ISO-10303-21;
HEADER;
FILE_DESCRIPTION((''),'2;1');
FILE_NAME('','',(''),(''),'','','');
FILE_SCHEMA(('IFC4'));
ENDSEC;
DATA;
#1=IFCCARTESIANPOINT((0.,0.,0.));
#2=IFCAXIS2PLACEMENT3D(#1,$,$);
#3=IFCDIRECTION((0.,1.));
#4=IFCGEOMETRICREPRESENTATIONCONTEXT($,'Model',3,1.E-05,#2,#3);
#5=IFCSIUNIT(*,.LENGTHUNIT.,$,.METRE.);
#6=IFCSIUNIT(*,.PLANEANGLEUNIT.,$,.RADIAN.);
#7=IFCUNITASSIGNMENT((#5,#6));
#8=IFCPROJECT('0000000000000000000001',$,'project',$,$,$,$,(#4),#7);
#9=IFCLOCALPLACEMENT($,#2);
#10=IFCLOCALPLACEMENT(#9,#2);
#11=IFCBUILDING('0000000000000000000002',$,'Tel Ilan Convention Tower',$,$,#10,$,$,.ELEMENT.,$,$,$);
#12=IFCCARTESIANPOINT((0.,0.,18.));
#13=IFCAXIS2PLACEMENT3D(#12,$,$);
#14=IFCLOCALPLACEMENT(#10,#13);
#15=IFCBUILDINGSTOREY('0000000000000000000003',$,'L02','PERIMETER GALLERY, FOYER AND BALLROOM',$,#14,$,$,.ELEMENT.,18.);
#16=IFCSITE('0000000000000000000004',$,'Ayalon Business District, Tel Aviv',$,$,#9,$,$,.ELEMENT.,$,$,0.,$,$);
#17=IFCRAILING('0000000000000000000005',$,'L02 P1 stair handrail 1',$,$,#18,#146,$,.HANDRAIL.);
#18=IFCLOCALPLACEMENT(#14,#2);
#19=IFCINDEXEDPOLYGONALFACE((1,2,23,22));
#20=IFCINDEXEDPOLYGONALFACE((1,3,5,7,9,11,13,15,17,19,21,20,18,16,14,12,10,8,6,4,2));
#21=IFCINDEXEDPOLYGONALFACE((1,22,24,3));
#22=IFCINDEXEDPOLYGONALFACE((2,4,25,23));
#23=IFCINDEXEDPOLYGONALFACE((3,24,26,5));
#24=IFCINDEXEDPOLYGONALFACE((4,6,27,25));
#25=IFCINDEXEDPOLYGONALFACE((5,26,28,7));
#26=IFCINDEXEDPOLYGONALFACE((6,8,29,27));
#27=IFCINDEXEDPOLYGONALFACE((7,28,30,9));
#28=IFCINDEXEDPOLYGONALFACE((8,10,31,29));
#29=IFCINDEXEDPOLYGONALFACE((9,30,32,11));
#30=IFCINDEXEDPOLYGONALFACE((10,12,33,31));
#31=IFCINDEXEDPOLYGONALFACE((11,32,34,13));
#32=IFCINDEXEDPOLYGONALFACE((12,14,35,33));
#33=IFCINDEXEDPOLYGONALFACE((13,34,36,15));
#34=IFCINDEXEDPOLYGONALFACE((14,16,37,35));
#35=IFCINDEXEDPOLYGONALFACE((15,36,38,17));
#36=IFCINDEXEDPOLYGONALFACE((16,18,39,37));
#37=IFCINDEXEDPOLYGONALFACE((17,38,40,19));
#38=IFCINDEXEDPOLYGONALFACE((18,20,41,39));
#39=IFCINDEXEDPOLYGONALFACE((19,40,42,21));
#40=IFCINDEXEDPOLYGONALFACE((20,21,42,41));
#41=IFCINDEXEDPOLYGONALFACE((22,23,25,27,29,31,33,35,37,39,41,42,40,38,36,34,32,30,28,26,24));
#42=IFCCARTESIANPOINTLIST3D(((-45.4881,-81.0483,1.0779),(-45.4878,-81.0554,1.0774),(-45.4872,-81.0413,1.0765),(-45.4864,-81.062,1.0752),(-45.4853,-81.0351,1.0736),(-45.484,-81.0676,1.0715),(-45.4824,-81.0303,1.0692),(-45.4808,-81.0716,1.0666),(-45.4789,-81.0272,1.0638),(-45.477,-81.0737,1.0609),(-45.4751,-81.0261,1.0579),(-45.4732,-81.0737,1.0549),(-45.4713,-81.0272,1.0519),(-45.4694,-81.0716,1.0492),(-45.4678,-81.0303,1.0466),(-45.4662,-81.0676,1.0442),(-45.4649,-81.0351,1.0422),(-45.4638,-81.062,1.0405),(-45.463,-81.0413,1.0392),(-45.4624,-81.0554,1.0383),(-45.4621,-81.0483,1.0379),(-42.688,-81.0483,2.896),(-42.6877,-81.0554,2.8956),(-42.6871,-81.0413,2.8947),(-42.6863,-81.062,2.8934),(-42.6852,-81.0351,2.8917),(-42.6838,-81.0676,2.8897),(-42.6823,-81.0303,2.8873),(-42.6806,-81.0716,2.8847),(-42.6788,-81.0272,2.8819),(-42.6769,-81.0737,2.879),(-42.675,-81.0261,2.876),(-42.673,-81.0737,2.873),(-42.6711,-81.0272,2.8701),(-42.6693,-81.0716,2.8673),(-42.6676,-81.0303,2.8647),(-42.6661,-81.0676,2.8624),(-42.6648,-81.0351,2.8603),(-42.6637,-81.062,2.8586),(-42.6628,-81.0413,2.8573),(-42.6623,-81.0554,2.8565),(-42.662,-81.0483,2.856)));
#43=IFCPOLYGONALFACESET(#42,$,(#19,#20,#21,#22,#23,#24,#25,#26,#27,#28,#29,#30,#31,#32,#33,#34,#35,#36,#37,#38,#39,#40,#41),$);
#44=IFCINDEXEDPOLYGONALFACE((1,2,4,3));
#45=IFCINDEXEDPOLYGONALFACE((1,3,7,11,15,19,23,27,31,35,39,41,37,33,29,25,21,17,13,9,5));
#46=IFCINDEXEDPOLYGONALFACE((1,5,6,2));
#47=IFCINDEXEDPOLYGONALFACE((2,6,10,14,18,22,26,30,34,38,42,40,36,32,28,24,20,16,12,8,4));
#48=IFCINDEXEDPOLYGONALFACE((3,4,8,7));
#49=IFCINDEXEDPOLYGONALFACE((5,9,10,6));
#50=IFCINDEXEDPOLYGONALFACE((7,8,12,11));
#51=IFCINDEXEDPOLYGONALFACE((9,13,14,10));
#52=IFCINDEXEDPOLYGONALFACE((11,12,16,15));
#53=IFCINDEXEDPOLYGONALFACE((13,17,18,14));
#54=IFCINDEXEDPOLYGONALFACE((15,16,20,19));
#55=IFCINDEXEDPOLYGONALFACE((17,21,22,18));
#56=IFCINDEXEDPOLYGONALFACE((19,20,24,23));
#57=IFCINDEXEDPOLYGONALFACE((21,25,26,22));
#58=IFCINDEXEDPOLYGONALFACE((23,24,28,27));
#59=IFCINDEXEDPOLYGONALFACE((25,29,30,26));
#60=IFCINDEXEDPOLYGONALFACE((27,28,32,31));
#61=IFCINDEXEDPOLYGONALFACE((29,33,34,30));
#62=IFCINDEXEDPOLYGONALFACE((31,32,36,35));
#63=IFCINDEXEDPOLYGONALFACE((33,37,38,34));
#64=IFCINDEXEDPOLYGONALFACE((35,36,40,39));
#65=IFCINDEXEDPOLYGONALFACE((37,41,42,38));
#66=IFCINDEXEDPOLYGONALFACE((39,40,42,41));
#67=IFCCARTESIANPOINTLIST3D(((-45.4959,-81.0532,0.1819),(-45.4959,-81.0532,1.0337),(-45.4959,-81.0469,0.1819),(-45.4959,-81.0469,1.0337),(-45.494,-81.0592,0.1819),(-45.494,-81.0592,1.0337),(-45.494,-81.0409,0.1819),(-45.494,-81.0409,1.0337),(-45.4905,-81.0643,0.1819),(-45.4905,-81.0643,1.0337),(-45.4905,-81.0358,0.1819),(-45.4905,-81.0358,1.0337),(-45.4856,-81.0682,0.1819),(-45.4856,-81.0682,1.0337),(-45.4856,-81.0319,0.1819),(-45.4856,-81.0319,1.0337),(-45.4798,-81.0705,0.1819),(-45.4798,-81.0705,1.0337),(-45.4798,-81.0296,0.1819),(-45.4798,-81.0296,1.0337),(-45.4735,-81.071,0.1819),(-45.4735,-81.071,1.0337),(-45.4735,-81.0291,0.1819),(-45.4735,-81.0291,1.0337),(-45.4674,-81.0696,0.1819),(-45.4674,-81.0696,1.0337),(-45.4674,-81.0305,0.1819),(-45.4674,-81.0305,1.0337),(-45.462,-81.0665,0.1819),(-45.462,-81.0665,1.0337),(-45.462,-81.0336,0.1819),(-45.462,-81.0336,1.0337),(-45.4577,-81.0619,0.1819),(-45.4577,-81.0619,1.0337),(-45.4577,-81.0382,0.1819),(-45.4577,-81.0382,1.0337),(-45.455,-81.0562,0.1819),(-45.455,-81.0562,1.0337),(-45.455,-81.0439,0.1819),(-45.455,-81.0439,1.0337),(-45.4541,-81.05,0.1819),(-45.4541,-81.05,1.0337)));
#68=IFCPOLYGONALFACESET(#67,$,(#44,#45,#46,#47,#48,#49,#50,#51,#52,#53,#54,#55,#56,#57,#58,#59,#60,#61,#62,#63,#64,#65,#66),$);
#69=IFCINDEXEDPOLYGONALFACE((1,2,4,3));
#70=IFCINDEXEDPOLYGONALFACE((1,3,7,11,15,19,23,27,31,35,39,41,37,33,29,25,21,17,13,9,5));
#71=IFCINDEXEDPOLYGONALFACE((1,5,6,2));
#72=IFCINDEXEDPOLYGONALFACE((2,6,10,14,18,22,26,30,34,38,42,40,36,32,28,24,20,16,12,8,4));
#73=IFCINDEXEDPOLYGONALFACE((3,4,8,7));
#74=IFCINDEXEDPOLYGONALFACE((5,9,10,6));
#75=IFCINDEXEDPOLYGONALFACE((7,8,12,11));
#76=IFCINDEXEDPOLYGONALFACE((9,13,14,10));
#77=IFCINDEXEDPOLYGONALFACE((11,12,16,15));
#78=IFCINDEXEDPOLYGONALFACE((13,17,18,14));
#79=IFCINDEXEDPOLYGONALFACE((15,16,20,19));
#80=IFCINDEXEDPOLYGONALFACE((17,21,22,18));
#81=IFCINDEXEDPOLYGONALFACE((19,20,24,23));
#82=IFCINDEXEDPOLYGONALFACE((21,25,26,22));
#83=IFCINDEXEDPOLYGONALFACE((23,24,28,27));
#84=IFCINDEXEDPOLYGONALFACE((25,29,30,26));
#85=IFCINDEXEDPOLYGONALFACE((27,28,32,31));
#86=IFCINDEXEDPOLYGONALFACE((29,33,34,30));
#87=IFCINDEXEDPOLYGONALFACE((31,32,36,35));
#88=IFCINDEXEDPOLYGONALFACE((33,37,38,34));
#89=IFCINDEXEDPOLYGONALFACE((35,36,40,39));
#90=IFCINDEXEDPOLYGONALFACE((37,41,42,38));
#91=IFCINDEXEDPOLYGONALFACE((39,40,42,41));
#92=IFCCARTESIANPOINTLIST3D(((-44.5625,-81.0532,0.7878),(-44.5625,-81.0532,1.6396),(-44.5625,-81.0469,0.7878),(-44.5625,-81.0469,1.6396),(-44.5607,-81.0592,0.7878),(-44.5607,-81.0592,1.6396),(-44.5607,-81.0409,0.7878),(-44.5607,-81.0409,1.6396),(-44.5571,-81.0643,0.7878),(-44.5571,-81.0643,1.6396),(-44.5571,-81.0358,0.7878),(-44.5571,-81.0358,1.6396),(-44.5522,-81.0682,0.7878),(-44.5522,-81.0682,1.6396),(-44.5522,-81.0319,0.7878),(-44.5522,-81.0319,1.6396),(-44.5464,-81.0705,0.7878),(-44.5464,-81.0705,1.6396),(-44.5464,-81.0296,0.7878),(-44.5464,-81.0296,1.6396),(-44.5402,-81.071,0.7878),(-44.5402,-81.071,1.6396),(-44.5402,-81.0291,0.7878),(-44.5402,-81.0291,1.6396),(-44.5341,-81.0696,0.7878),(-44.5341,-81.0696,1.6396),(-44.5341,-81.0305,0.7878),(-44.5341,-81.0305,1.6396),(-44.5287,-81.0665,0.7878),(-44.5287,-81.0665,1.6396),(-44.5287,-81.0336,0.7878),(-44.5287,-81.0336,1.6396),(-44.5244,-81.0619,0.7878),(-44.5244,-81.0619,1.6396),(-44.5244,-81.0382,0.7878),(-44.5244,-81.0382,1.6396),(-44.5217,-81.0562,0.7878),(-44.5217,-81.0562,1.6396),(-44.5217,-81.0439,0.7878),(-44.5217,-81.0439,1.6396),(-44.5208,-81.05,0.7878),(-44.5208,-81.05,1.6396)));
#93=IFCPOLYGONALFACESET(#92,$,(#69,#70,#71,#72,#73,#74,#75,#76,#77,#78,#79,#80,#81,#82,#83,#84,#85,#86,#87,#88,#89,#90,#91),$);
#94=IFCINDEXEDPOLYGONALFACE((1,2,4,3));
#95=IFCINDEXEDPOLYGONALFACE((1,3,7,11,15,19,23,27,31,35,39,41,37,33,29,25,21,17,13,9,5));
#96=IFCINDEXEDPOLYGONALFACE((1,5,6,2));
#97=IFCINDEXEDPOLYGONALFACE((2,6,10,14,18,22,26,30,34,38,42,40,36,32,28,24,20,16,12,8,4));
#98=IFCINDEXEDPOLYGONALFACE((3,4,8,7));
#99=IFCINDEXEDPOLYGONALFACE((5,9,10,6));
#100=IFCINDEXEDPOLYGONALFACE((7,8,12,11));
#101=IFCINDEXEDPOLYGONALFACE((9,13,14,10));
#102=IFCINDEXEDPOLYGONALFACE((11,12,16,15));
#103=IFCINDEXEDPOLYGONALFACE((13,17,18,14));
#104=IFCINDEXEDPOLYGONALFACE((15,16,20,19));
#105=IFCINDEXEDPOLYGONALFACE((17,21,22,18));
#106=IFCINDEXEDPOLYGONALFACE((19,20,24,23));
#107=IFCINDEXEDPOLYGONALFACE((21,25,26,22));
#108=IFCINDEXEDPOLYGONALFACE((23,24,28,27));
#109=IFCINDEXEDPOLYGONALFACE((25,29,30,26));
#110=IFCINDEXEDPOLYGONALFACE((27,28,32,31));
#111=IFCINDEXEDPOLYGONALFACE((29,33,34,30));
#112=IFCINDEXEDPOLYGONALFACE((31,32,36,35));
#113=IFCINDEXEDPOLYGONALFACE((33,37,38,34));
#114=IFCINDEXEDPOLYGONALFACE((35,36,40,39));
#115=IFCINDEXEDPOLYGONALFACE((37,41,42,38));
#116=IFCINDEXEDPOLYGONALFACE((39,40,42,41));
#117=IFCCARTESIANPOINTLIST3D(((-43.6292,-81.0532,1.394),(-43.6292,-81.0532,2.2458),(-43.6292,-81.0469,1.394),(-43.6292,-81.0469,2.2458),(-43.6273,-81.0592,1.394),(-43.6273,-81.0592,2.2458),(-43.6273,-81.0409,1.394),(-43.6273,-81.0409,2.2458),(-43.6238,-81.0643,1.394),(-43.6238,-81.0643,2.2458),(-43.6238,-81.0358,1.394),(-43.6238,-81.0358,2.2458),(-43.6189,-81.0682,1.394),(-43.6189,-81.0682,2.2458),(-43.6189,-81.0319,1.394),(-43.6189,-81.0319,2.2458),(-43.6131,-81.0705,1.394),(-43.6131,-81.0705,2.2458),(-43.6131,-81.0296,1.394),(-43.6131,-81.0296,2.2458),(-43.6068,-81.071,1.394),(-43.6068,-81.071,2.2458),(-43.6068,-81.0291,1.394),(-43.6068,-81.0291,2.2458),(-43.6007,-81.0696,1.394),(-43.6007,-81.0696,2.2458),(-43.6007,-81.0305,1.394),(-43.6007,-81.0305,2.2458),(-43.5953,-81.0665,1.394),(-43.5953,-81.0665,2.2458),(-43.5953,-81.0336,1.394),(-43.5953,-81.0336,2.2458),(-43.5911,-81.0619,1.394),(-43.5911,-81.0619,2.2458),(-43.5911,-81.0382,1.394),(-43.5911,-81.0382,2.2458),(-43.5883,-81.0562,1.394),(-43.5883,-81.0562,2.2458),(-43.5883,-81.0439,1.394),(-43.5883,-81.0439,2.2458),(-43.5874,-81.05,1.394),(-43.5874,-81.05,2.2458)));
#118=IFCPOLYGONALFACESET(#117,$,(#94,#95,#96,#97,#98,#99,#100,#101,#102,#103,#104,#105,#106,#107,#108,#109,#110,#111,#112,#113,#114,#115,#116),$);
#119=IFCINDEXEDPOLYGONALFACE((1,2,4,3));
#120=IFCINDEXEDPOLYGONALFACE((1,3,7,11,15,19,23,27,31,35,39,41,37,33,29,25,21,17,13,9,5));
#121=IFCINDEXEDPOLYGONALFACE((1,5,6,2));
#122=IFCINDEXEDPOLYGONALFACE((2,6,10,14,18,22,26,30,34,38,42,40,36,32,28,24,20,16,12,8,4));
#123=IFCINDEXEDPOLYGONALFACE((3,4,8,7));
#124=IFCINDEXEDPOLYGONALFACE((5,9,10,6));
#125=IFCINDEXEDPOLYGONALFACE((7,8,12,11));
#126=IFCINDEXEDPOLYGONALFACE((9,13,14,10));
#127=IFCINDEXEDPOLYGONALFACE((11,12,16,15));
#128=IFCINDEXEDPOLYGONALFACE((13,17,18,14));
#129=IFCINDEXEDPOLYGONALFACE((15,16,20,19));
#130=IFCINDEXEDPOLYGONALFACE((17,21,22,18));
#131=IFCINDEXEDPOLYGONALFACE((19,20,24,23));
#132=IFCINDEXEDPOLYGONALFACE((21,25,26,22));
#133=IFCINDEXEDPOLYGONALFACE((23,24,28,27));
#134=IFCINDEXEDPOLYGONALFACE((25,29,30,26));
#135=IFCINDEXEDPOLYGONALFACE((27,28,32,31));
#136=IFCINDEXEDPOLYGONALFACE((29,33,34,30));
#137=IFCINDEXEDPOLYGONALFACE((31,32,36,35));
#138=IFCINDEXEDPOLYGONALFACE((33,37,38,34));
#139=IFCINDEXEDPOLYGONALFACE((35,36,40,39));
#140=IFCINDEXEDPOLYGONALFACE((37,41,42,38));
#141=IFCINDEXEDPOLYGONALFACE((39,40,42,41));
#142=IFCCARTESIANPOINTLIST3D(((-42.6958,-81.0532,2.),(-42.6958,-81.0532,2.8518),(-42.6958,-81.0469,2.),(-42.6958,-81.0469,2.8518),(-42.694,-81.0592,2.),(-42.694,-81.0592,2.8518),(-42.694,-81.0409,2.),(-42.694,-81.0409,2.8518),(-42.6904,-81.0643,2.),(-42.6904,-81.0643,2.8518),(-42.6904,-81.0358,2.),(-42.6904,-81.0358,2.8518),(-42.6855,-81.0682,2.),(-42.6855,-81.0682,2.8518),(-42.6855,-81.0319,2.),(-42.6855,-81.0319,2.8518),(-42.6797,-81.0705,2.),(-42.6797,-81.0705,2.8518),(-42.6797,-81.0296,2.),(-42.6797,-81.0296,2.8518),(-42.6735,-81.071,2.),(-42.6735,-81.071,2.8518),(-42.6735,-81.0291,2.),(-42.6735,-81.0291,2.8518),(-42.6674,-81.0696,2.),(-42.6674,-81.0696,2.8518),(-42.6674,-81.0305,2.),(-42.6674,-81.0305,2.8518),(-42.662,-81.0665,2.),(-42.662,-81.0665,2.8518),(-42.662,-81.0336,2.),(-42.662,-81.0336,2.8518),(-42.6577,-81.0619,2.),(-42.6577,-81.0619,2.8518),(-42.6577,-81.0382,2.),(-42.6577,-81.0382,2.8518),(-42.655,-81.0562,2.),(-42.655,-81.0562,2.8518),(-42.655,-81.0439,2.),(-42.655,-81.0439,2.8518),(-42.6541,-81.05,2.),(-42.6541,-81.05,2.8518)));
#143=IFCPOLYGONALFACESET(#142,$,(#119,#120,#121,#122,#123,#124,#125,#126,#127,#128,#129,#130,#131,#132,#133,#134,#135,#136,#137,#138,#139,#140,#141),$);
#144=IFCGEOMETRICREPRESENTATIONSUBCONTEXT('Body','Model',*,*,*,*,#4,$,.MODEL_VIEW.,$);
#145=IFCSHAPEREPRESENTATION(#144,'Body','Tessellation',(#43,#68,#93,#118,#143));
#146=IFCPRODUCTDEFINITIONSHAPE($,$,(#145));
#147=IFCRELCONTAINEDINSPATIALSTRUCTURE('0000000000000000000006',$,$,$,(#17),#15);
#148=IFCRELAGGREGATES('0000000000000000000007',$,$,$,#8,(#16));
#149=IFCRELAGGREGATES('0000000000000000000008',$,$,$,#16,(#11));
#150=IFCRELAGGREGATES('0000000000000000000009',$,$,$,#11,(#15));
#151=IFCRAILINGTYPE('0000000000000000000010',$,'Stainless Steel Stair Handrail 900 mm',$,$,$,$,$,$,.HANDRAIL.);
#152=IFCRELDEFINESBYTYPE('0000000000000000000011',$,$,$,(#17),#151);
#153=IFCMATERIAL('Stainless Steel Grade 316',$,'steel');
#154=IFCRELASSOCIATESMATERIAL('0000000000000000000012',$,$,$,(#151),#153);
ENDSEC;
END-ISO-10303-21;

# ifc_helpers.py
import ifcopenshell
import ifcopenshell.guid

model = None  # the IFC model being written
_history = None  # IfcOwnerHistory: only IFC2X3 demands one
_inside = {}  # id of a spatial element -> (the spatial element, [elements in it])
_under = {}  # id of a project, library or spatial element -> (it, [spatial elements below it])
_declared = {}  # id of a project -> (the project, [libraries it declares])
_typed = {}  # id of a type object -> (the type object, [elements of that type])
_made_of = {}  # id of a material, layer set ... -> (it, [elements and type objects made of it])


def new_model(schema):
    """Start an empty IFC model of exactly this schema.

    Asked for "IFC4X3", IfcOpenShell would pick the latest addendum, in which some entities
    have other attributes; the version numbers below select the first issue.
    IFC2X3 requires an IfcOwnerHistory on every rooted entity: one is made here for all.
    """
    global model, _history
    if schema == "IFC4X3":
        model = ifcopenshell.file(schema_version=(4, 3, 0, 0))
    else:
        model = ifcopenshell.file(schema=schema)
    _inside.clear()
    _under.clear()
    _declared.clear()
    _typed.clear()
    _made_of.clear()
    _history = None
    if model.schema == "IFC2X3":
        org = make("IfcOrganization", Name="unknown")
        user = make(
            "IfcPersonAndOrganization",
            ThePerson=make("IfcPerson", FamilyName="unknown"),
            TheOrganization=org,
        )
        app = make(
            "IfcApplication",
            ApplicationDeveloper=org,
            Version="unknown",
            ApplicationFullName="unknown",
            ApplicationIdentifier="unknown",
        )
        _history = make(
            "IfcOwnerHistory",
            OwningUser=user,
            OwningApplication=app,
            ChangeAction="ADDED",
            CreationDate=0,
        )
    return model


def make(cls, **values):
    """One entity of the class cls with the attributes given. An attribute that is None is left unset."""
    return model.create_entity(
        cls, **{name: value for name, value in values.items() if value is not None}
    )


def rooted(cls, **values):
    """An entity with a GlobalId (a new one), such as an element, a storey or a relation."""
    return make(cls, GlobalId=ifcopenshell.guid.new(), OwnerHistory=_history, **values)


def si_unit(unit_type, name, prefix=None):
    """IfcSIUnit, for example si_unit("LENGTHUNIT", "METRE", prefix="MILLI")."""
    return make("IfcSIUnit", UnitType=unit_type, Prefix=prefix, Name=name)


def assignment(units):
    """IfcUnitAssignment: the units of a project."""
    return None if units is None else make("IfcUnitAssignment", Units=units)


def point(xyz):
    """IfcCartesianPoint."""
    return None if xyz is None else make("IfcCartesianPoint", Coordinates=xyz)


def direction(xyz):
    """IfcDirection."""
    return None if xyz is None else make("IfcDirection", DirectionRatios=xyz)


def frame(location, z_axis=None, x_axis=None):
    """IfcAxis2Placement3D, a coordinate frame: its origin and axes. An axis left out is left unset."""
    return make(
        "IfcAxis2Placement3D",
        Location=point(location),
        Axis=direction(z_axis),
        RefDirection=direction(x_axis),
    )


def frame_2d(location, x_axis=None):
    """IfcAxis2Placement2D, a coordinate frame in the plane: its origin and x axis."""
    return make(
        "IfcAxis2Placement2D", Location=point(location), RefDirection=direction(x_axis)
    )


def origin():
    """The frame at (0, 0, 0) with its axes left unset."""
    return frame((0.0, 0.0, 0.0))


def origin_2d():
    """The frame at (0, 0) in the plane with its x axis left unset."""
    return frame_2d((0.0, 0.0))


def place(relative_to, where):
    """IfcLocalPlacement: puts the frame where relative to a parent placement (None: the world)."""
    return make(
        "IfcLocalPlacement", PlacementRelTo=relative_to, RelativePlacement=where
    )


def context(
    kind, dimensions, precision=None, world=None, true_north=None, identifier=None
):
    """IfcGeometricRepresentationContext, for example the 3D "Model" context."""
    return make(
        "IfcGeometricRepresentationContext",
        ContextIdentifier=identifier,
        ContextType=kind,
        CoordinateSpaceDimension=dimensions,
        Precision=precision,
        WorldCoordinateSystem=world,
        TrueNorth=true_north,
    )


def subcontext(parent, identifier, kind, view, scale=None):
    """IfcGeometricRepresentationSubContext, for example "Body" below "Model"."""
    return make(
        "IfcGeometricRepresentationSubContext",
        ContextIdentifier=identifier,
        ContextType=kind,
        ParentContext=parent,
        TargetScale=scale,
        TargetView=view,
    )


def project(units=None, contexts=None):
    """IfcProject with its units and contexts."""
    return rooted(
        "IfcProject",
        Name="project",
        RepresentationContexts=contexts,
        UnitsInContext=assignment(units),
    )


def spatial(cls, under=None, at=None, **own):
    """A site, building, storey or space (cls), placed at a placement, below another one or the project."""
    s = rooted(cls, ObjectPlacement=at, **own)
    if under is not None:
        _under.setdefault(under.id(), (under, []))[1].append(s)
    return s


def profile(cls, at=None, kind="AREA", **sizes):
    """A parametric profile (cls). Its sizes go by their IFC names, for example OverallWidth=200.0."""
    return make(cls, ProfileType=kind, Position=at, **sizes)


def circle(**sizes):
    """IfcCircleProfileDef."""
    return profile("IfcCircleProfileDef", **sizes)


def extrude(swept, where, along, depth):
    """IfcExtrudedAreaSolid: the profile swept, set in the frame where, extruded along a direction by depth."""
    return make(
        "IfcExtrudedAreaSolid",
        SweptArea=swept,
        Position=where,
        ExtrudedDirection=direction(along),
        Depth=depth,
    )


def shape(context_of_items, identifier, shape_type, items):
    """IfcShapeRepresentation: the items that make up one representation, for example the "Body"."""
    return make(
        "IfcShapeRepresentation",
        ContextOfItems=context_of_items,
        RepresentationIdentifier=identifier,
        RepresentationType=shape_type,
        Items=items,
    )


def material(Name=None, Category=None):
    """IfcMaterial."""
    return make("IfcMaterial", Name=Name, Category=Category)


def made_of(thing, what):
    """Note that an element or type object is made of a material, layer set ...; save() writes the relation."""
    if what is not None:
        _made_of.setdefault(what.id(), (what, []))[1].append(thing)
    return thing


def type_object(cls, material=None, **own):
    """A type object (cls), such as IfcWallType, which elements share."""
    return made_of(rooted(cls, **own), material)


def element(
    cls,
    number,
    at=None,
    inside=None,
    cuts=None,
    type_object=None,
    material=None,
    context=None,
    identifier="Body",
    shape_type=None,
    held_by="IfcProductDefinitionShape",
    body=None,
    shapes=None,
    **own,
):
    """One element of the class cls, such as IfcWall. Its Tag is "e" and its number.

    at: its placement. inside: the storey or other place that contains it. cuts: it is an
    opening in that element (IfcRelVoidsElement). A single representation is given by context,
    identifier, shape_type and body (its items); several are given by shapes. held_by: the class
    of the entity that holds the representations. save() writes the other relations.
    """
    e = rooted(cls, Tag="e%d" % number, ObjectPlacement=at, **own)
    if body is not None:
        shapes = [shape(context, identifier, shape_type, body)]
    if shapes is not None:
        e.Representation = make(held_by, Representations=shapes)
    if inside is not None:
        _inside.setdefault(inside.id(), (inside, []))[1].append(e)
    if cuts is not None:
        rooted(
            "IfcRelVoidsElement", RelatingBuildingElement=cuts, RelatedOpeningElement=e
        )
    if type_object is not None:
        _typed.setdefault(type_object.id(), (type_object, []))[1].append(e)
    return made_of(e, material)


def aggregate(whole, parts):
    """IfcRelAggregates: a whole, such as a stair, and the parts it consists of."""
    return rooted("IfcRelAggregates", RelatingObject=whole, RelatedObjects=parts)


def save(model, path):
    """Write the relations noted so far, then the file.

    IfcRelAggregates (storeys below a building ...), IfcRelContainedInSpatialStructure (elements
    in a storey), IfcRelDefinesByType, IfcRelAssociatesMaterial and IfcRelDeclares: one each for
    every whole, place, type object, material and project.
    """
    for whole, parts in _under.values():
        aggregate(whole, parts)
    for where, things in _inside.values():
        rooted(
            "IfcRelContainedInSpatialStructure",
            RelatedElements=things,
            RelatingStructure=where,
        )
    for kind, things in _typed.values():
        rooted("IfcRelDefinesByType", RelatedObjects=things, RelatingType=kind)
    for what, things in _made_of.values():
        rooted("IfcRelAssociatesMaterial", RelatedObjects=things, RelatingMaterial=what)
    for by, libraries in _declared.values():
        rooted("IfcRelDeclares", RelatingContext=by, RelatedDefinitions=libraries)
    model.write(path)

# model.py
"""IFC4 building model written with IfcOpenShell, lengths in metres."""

from ifc_helpers import new_model, si_unit, direction, frame, origin, origin_2d, place, context, subcontext, project, spatial, circle, extrude, material, type_object, element, save


model = new_model("IFC4")

# Units and contexts
model_context = context("Model", 3, precision=1e-05, world=origin(), true_north=direction((0.0, 1.0)))
body_context = subcontext(model_context, "Body", "Model", "MODEL_VIEW")
ifc_project = project(units=[si_unit("LENGTHUNIT", "METRE"), si_unit("PLANEANGLEUNIT", "RADIAN")], contexts=[model_context])

# Site, building, storey
site_placement = place(None, origin())
site = spatial("IfcSite", under=ifc_project, at=site_placement, Name="Ayalon Business District, Tel Aviv", CompositionType="ELEMENT", RefElevation=0.0)
building_placement = place(site_placement, origin())
building = spatial("IfcBuilding", under=site, at=building_placement, Name="Tel Ilan Convention Tower", CompositionType="ELEMENT")
storey_placement = place(building_placement, frame((0.0, 0.0, 18.0)))
storey = spatial("IfcBuildingStorey", under=building, at=storey_placement, Name="L02", Description="PERIMETER GALLERY, FOYER AND BALLROOM", CompositionType="ELEMENT", Elevation=18.0)

# Railing
ifc_material_1 = material(Name="Stainless Steel Grade 316", Category="steel")
railing_type_1 = type_object("IfcRailingType", Name="Stainless Steel Stair Handrail 900 mm", PredefinedType="HANDRAIL", material=ifc_material_1)
railing_placement = place(storey_placement, frame((-45.4751, -81.05, 0.1819)))
element("IfcRailing", 1, at=railing_placement, inside=storey, type_object=railing_type_1, Name="L02 P1 stair handrail 1", PredefinedType="HANDRAIL", context=body_context, shape_type="SweptSolid", body=[
    extrude(circle(Radius=0.0239, at=origin_2d()), frame((0.0, 0.0, 0.876), z_axis=(0.838706, 0.0, 0.544585), x_axis=(0.0, 1.0, 0.0)), (0.0, 0.0, 1.0), 3.3386),
    extrude(circle(Radius=0.021, at=origin_2d()), origin(), (0.0, 0.0, 1.0), 0.8518),
    extrude(circle(Radius=0.021, at=origin_2d()), frame((0.9333, 0.0, 0.606)), (0.0, 0.0, 1.0), 0.8518),
    extrude(circle(Radius=0.021, at=origin_2d()), frame((1.8667, 0.0, 1.2122)), (0.0, 0.0, 1.0), 0.8518),
    extrude(circle(Radius=0.021, at=origin_2d()), frame((2.8, 0.0, 1.8181)), (0.0, 0.0, 1.0), 0.8518),
])

save(model, "model.ifc")
